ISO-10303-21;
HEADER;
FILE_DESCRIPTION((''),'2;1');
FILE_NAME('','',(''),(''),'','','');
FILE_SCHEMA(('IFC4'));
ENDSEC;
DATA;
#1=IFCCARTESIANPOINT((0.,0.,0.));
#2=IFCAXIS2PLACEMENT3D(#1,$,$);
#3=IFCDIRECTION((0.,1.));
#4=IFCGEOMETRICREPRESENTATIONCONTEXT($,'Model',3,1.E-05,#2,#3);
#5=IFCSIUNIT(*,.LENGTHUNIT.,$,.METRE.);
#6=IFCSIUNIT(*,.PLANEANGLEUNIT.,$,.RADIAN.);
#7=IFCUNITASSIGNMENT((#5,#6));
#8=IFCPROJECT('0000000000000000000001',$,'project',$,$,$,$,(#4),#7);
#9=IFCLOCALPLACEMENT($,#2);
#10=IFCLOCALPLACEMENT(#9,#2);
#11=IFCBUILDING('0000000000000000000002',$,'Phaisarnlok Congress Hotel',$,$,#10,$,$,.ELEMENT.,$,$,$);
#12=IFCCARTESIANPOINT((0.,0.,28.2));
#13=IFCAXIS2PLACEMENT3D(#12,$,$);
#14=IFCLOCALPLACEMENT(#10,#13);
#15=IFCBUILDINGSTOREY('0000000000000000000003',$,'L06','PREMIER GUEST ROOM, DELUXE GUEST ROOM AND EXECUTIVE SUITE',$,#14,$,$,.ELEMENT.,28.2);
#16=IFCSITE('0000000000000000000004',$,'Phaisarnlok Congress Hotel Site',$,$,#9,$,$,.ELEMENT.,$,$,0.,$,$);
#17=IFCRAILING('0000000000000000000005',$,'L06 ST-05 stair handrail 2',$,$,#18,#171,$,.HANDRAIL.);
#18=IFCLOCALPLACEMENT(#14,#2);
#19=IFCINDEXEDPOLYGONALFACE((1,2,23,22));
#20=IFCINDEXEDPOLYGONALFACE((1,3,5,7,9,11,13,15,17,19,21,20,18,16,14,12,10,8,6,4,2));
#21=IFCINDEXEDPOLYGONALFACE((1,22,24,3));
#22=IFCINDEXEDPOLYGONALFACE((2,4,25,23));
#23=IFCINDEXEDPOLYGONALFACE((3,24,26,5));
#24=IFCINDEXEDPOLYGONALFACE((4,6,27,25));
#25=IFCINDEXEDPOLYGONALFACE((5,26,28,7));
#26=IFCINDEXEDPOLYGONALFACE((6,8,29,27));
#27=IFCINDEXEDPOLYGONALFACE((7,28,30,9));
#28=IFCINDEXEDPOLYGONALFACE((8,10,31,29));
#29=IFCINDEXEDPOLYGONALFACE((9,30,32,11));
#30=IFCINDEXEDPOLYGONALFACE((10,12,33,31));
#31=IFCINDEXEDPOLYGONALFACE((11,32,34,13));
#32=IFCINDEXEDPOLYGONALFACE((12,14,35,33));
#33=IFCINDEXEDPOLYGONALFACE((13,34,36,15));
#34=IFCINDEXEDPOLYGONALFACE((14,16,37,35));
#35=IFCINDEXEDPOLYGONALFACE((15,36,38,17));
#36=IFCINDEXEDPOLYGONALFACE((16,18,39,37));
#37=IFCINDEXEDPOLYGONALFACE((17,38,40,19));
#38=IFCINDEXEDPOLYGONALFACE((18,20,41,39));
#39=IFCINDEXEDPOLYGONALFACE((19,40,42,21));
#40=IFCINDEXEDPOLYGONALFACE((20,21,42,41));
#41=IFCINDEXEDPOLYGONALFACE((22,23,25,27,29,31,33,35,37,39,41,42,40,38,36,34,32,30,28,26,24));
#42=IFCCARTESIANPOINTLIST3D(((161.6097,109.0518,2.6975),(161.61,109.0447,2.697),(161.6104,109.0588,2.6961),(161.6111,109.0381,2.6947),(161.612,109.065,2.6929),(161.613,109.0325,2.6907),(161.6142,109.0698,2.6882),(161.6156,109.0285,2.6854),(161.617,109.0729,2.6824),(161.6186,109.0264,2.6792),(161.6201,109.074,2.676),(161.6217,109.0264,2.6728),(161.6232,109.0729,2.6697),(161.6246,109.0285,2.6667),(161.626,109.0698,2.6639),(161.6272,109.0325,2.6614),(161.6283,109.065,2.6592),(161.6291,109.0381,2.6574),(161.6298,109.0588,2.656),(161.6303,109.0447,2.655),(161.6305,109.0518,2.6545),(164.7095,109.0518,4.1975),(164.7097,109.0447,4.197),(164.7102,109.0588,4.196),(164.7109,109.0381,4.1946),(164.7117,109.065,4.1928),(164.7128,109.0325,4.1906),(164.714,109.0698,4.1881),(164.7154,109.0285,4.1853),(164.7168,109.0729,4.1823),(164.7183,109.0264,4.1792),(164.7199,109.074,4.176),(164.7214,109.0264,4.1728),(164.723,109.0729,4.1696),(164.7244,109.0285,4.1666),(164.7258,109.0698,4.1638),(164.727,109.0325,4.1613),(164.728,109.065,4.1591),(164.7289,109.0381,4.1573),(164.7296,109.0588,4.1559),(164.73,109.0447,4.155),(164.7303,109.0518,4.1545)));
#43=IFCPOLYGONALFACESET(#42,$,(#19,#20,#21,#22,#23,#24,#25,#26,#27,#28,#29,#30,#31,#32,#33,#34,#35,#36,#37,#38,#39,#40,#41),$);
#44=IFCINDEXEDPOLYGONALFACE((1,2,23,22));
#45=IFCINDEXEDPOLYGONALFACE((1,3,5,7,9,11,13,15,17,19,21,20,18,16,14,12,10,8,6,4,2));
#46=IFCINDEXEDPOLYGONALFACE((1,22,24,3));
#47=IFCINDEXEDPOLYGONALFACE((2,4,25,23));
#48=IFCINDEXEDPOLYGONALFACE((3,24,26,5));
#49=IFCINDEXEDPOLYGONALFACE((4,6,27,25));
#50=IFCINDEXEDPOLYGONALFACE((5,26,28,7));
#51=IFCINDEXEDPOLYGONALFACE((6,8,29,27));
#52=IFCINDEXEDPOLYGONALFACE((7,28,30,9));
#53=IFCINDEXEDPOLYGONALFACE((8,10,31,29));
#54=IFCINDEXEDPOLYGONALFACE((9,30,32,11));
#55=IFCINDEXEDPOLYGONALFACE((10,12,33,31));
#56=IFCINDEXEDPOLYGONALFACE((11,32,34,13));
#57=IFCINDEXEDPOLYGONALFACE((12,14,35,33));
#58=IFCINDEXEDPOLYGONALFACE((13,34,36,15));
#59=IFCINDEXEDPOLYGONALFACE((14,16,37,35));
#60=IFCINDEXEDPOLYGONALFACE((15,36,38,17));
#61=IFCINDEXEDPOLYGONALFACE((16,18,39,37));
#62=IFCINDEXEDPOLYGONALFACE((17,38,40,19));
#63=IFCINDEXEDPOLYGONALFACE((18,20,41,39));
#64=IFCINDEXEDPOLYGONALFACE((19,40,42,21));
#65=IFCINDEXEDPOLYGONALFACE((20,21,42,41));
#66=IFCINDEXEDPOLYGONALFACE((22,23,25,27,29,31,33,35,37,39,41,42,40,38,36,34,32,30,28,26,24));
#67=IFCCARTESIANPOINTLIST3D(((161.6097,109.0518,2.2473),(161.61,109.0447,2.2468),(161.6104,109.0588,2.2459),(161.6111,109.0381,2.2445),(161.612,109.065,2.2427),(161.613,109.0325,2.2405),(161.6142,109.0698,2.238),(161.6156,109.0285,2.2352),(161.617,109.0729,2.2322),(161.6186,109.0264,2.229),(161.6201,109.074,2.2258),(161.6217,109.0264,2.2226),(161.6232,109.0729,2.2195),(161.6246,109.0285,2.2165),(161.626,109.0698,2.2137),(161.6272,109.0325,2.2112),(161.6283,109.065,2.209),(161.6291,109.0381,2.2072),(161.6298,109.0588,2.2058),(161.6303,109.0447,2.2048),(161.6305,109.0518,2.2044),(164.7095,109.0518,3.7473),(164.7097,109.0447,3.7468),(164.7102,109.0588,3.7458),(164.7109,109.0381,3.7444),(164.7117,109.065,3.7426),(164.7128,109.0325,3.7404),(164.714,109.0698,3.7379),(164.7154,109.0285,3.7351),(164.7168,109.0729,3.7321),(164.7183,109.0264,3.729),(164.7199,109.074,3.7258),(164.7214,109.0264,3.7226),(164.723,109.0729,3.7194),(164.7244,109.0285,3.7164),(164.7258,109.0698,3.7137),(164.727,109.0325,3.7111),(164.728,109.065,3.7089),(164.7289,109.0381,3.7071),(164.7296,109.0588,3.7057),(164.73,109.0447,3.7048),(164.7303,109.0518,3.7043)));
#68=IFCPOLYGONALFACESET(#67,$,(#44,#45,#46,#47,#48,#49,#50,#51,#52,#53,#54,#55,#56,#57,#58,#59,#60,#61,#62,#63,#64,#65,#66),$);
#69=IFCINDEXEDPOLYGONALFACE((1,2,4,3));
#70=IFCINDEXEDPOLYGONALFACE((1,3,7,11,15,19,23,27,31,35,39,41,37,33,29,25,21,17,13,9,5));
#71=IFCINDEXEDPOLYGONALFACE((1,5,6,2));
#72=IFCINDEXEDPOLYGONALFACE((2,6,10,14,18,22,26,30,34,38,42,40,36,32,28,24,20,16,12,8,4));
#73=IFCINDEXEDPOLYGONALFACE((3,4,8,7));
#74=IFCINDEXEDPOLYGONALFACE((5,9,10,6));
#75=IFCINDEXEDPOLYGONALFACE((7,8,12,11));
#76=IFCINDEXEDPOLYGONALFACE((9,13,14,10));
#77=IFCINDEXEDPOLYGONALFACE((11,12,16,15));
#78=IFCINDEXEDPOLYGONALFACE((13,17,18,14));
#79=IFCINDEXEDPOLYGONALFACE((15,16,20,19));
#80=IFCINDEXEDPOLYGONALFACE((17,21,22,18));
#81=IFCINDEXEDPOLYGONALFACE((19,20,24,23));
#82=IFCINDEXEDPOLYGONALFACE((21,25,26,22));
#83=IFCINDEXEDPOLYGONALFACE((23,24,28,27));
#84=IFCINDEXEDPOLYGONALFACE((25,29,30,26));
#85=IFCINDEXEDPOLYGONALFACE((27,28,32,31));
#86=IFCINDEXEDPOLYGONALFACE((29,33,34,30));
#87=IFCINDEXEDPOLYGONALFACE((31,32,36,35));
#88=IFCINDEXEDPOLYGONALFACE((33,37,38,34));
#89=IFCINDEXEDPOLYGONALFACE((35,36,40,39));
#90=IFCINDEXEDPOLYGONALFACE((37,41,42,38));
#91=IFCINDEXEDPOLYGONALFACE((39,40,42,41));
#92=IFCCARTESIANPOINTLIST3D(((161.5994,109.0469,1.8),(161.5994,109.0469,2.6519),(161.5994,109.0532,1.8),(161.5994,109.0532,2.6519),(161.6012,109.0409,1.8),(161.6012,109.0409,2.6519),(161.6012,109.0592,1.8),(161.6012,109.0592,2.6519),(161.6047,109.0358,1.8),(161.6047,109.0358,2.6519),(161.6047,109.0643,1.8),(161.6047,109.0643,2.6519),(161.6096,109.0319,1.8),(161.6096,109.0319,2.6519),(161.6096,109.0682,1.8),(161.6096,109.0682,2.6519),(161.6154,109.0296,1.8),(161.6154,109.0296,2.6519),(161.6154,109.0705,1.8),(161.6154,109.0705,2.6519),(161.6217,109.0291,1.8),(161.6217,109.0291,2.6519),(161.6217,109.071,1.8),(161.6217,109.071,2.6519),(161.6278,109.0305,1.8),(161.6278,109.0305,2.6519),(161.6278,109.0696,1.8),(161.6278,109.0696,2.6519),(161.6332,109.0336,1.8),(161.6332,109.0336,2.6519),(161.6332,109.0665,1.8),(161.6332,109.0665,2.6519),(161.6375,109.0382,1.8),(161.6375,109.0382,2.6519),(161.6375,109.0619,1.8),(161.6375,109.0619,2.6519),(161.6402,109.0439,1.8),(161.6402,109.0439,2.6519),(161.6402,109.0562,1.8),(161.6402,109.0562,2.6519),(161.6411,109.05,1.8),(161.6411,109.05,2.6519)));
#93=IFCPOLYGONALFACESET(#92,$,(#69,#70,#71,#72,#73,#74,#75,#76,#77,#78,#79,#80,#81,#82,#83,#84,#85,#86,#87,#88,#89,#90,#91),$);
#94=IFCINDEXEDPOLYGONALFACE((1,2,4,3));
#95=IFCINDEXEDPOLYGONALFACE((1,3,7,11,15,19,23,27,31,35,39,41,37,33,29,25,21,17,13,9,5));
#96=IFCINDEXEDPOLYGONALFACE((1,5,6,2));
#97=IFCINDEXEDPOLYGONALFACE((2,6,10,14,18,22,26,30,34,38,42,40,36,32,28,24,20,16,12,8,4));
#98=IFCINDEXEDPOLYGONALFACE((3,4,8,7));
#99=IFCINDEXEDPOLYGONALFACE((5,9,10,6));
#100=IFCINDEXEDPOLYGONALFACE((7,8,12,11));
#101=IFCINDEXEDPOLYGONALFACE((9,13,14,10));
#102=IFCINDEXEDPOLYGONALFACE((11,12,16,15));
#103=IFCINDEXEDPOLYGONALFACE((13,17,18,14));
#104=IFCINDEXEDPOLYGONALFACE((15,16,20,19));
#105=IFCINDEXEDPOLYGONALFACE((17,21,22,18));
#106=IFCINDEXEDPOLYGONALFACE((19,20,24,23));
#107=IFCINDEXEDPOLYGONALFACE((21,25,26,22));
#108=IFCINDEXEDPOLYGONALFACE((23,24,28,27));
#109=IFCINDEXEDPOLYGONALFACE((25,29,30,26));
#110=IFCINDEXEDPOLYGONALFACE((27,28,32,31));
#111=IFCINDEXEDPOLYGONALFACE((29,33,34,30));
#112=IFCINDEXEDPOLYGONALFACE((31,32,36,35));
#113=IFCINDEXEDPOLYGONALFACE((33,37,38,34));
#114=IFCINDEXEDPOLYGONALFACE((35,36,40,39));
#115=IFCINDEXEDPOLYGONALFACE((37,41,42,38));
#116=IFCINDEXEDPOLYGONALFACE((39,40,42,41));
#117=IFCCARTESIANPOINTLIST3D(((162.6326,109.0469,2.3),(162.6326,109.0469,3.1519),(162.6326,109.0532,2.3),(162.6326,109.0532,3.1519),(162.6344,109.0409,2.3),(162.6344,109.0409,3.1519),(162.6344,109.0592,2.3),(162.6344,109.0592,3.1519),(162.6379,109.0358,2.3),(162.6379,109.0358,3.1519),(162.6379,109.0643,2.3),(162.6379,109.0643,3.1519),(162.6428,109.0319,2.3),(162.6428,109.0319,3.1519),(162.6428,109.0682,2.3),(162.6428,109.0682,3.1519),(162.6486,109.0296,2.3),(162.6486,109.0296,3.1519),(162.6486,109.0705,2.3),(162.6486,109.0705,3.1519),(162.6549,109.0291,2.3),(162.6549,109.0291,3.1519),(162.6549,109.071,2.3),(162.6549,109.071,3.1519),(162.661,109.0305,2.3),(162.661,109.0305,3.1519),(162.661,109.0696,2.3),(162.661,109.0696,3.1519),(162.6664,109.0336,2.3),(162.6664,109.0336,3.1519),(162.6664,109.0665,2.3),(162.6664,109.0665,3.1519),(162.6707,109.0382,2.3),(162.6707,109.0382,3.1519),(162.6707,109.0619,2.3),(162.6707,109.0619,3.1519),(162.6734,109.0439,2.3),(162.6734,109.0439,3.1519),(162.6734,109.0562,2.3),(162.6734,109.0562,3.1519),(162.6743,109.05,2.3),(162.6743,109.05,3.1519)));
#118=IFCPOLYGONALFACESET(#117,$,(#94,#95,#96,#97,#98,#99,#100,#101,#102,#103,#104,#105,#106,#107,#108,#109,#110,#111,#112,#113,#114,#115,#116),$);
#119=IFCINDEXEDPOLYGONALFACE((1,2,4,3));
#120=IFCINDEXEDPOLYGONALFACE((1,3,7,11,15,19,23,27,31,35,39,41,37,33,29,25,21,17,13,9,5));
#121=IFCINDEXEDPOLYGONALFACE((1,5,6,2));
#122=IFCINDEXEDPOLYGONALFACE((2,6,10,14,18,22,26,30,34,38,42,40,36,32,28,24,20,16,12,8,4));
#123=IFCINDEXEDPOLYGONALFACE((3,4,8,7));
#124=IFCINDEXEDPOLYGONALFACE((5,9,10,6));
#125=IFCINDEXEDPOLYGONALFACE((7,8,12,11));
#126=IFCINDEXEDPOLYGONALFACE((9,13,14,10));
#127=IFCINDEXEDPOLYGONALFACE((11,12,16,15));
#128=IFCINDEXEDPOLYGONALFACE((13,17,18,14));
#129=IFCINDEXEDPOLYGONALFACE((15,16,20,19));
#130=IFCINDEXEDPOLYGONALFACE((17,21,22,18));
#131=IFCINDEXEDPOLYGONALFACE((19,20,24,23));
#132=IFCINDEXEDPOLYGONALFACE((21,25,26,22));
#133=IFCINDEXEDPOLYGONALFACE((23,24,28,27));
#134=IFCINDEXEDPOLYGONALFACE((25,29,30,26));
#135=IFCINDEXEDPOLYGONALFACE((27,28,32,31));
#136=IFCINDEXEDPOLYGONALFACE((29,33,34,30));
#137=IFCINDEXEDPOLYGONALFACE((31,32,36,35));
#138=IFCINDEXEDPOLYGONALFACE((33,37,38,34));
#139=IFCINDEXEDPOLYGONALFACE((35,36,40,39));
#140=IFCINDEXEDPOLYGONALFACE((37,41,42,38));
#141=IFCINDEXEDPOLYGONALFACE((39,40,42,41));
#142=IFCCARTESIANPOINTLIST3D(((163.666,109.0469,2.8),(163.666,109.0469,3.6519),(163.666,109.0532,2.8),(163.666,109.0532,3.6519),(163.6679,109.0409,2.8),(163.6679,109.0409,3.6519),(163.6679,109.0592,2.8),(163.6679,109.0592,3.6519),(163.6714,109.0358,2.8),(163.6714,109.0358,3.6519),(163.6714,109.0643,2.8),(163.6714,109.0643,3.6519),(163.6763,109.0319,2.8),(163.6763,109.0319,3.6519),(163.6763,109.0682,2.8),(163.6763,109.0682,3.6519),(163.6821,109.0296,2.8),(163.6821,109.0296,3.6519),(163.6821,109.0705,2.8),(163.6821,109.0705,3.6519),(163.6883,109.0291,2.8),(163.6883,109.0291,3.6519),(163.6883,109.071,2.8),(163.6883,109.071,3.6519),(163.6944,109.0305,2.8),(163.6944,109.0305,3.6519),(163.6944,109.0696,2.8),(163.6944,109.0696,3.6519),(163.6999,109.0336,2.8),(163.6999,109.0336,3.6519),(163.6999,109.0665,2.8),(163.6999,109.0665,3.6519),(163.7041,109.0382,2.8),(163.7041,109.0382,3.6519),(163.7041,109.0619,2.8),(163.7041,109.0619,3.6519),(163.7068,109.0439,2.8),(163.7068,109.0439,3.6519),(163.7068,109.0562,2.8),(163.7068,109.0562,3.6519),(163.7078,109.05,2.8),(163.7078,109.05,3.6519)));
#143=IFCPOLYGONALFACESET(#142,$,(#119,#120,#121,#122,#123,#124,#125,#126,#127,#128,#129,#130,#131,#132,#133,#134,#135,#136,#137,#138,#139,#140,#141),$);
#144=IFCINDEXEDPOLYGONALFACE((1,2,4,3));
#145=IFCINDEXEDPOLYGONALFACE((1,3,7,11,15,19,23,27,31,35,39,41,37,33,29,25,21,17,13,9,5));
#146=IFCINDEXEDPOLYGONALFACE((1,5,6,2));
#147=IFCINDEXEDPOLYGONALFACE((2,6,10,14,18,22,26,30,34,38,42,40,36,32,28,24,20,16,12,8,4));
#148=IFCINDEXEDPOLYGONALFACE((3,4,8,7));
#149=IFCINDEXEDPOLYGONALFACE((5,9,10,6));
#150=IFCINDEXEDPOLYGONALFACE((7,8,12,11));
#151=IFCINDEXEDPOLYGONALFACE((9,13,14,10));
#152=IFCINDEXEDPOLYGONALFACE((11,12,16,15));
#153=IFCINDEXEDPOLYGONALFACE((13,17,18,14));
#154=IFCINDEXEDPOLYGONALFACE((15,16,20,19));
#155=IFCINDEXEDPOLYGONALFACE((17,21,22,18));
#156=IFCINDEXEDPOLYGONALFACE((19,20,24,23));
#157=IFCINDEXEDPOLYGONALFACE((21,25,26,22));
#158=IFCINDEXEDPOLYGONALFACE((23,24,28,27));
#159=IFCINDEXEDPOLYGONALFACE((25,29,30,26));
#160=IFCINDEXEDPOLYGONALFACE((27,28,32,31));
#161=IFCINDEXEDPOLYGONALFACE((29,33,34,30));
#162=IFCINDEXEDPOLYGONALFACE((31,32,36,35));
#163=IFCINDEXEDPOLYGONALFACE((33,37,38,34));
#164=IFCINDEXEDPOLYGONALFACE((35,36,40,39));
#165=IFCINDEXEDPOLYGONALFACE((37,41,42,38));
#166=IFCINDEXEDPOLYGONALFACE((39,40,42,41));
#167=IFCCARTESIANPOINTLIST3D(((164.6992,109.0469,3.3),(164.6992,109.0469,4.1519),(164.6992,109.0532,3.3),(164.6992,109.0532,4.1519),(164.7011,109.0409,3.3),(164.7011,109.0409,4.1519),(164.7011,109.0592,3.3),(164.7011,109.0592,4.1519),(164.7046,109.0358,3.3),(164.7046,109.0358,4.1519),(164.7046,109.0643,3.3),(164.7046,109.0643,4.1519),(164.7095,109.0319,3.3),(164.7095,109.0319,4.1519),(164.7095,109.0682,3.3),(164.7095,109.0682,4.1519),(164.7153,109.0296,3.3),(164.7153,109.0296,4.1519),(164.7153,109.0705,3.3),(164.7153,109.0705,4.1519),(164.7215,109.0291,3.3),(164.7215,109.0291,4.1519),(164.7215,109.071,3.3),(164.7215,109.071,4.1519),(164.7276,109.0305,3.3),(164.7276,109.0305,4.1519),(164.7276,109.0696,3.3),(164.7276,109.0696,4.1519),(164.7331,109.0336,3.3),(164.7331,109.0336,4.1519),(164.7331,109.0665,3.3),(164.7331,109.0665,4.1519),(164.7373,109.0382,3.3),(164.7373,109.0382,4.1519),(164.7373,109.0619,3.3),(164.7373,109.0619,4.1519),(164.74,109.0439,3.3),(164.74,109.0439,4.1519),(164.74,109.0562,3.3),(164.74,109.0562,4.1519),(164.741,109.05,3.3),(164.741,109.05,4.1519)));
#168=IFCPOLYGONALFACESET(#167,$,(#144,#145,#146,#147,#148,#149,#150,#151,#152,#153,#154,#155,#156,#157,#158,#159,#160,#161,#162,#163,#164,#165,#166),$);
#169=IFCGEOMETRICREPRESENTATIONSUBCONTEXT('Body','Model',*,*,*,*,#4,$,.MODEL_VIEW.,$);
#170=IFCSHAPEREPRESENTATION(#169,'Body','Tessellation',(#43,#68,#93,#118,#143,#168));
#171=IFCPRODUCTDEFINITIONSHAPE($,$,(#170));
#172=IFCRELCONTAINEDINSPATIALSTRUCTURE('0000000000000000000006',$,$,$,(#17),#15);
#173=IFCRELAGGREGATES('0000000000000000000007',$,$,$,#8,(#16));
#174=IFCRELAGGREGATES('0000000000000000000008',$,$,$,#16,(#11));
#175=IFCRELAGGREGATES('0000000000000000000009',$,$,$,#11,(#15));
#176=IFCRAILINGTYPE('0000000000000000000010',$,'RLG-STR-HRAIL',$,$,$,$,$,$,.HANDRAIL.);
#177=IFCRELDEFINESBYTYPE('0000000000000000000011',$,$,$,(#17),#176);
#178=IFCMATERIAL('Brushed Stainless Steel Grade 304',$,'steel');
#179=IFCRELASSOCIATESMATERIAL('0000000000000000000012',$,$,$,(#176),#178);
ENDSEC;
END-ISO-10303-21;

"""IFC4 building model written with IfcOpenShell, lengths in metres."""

from ifc_helpers import new_model, si_unit, direction, frame, origin, origin_2d, place, context, subcontext, project, spatial, circle, extrude, material, type_object, element, save


model = new_model("IFC4")

# Units and contexts
model_context = context("Model", 3, precision=1e-05, world=origin(), true_north=direction((0.0, 1.0)))
body_context = subcontext(model_context, "Body", "Model", "MODEL_VIEW")
ifc_project = project(units=[si_unit("LENGTHUNIT", "METRE"), si_unit("PLANEANGLEUNIT", "RADIAN")], contexts=[model_context])

# Site, building, storey
site_placement = place(None, origin())
site = spatial("IfcSite", under=ifc_project, at=site_placement, Name="Phaisarnlok Congress Hotel Site", CompositionType="ELEMENT", RefElevation=0.0)
building_placement = place(site_placement, origin())
building = spatial("IfcBuilding", under=site, at=building_placement, Name="Phaisarnlok Congress Hotel", CompositionType="ELEMENT")
storey_placement = place(building_placement, frame((0.0, 0.0, 28.2)))
storey = spatial("IfcBuildingStorey", under=building, at=storey_placement, Name="L06", Description="PREMIER GUEST ROOM, DELUXE GUEST ROOM AND EXECUTIVE SUITE", CompositionType="ELEMENT", Elevation=28.2)

# Railing
ifc_material_1 = material(Name="Brushed Stainless Steel Grade 304", Category="steel")
railing_type_1 = type_object("IfcRailingType", Name="RLG-STR-HRAIL", PredefinedType="HANDRAIL", material=ifc_material_1)
railing_1_placement = place(storey_placement, frame((161.6201, 109.05, 1.8)))
element("IfcRailing", 1, at=railing_1_placement, inside=storey, type_object=railing_type_1, Name="L06 ST-05 stair handrail 2", PredefinedType="HANDRAIL", context=body_context, shape_type="SweptSolid", body=[
    extrude(circle(Radius=0.0239, at=origin_2d()), frame((0.0, 0.0, 0.876), z_axis=(0.900151, 0.0, 0.435578), x_axis=(0.0, 1.0, 0.0)), (0.0, 0.0, 1.0), 3.4436),
    extrude(circle(Radius=0.0239, at=origin_2d()), frame((0.0, 0.0, 0.4258), z_axis=(0.900151, 0.0, 0.435578), x_axis=(0.0, 1.0, 0.0)), (0.0, 0.0, 1.0), 3.4436),
    extrude(circle(Radius=0.021, at=origin_2d()), origin(), (0.0, 0.0, 1.0), 0.8518),
    extrude(circle(Radius=0.021, at=origin_2d()), frame((1.0332, 0.0, 0.5)), (0.0, 0.0, 1.0), 0.8518),
    extrude(circle(Radius=0.021, at=origin_2d()), frame((2.0667, 0.0, 1.0)), (0.0, 0.0, 1.0), 0.8518),
    extrude(circle(Radius=0.021, at=origin_2d()), frame((3.0999, 0.0, 1.5)), (0.0, 0.0, 1.0), 0.8518),
])

save(model, "model.ifc")
